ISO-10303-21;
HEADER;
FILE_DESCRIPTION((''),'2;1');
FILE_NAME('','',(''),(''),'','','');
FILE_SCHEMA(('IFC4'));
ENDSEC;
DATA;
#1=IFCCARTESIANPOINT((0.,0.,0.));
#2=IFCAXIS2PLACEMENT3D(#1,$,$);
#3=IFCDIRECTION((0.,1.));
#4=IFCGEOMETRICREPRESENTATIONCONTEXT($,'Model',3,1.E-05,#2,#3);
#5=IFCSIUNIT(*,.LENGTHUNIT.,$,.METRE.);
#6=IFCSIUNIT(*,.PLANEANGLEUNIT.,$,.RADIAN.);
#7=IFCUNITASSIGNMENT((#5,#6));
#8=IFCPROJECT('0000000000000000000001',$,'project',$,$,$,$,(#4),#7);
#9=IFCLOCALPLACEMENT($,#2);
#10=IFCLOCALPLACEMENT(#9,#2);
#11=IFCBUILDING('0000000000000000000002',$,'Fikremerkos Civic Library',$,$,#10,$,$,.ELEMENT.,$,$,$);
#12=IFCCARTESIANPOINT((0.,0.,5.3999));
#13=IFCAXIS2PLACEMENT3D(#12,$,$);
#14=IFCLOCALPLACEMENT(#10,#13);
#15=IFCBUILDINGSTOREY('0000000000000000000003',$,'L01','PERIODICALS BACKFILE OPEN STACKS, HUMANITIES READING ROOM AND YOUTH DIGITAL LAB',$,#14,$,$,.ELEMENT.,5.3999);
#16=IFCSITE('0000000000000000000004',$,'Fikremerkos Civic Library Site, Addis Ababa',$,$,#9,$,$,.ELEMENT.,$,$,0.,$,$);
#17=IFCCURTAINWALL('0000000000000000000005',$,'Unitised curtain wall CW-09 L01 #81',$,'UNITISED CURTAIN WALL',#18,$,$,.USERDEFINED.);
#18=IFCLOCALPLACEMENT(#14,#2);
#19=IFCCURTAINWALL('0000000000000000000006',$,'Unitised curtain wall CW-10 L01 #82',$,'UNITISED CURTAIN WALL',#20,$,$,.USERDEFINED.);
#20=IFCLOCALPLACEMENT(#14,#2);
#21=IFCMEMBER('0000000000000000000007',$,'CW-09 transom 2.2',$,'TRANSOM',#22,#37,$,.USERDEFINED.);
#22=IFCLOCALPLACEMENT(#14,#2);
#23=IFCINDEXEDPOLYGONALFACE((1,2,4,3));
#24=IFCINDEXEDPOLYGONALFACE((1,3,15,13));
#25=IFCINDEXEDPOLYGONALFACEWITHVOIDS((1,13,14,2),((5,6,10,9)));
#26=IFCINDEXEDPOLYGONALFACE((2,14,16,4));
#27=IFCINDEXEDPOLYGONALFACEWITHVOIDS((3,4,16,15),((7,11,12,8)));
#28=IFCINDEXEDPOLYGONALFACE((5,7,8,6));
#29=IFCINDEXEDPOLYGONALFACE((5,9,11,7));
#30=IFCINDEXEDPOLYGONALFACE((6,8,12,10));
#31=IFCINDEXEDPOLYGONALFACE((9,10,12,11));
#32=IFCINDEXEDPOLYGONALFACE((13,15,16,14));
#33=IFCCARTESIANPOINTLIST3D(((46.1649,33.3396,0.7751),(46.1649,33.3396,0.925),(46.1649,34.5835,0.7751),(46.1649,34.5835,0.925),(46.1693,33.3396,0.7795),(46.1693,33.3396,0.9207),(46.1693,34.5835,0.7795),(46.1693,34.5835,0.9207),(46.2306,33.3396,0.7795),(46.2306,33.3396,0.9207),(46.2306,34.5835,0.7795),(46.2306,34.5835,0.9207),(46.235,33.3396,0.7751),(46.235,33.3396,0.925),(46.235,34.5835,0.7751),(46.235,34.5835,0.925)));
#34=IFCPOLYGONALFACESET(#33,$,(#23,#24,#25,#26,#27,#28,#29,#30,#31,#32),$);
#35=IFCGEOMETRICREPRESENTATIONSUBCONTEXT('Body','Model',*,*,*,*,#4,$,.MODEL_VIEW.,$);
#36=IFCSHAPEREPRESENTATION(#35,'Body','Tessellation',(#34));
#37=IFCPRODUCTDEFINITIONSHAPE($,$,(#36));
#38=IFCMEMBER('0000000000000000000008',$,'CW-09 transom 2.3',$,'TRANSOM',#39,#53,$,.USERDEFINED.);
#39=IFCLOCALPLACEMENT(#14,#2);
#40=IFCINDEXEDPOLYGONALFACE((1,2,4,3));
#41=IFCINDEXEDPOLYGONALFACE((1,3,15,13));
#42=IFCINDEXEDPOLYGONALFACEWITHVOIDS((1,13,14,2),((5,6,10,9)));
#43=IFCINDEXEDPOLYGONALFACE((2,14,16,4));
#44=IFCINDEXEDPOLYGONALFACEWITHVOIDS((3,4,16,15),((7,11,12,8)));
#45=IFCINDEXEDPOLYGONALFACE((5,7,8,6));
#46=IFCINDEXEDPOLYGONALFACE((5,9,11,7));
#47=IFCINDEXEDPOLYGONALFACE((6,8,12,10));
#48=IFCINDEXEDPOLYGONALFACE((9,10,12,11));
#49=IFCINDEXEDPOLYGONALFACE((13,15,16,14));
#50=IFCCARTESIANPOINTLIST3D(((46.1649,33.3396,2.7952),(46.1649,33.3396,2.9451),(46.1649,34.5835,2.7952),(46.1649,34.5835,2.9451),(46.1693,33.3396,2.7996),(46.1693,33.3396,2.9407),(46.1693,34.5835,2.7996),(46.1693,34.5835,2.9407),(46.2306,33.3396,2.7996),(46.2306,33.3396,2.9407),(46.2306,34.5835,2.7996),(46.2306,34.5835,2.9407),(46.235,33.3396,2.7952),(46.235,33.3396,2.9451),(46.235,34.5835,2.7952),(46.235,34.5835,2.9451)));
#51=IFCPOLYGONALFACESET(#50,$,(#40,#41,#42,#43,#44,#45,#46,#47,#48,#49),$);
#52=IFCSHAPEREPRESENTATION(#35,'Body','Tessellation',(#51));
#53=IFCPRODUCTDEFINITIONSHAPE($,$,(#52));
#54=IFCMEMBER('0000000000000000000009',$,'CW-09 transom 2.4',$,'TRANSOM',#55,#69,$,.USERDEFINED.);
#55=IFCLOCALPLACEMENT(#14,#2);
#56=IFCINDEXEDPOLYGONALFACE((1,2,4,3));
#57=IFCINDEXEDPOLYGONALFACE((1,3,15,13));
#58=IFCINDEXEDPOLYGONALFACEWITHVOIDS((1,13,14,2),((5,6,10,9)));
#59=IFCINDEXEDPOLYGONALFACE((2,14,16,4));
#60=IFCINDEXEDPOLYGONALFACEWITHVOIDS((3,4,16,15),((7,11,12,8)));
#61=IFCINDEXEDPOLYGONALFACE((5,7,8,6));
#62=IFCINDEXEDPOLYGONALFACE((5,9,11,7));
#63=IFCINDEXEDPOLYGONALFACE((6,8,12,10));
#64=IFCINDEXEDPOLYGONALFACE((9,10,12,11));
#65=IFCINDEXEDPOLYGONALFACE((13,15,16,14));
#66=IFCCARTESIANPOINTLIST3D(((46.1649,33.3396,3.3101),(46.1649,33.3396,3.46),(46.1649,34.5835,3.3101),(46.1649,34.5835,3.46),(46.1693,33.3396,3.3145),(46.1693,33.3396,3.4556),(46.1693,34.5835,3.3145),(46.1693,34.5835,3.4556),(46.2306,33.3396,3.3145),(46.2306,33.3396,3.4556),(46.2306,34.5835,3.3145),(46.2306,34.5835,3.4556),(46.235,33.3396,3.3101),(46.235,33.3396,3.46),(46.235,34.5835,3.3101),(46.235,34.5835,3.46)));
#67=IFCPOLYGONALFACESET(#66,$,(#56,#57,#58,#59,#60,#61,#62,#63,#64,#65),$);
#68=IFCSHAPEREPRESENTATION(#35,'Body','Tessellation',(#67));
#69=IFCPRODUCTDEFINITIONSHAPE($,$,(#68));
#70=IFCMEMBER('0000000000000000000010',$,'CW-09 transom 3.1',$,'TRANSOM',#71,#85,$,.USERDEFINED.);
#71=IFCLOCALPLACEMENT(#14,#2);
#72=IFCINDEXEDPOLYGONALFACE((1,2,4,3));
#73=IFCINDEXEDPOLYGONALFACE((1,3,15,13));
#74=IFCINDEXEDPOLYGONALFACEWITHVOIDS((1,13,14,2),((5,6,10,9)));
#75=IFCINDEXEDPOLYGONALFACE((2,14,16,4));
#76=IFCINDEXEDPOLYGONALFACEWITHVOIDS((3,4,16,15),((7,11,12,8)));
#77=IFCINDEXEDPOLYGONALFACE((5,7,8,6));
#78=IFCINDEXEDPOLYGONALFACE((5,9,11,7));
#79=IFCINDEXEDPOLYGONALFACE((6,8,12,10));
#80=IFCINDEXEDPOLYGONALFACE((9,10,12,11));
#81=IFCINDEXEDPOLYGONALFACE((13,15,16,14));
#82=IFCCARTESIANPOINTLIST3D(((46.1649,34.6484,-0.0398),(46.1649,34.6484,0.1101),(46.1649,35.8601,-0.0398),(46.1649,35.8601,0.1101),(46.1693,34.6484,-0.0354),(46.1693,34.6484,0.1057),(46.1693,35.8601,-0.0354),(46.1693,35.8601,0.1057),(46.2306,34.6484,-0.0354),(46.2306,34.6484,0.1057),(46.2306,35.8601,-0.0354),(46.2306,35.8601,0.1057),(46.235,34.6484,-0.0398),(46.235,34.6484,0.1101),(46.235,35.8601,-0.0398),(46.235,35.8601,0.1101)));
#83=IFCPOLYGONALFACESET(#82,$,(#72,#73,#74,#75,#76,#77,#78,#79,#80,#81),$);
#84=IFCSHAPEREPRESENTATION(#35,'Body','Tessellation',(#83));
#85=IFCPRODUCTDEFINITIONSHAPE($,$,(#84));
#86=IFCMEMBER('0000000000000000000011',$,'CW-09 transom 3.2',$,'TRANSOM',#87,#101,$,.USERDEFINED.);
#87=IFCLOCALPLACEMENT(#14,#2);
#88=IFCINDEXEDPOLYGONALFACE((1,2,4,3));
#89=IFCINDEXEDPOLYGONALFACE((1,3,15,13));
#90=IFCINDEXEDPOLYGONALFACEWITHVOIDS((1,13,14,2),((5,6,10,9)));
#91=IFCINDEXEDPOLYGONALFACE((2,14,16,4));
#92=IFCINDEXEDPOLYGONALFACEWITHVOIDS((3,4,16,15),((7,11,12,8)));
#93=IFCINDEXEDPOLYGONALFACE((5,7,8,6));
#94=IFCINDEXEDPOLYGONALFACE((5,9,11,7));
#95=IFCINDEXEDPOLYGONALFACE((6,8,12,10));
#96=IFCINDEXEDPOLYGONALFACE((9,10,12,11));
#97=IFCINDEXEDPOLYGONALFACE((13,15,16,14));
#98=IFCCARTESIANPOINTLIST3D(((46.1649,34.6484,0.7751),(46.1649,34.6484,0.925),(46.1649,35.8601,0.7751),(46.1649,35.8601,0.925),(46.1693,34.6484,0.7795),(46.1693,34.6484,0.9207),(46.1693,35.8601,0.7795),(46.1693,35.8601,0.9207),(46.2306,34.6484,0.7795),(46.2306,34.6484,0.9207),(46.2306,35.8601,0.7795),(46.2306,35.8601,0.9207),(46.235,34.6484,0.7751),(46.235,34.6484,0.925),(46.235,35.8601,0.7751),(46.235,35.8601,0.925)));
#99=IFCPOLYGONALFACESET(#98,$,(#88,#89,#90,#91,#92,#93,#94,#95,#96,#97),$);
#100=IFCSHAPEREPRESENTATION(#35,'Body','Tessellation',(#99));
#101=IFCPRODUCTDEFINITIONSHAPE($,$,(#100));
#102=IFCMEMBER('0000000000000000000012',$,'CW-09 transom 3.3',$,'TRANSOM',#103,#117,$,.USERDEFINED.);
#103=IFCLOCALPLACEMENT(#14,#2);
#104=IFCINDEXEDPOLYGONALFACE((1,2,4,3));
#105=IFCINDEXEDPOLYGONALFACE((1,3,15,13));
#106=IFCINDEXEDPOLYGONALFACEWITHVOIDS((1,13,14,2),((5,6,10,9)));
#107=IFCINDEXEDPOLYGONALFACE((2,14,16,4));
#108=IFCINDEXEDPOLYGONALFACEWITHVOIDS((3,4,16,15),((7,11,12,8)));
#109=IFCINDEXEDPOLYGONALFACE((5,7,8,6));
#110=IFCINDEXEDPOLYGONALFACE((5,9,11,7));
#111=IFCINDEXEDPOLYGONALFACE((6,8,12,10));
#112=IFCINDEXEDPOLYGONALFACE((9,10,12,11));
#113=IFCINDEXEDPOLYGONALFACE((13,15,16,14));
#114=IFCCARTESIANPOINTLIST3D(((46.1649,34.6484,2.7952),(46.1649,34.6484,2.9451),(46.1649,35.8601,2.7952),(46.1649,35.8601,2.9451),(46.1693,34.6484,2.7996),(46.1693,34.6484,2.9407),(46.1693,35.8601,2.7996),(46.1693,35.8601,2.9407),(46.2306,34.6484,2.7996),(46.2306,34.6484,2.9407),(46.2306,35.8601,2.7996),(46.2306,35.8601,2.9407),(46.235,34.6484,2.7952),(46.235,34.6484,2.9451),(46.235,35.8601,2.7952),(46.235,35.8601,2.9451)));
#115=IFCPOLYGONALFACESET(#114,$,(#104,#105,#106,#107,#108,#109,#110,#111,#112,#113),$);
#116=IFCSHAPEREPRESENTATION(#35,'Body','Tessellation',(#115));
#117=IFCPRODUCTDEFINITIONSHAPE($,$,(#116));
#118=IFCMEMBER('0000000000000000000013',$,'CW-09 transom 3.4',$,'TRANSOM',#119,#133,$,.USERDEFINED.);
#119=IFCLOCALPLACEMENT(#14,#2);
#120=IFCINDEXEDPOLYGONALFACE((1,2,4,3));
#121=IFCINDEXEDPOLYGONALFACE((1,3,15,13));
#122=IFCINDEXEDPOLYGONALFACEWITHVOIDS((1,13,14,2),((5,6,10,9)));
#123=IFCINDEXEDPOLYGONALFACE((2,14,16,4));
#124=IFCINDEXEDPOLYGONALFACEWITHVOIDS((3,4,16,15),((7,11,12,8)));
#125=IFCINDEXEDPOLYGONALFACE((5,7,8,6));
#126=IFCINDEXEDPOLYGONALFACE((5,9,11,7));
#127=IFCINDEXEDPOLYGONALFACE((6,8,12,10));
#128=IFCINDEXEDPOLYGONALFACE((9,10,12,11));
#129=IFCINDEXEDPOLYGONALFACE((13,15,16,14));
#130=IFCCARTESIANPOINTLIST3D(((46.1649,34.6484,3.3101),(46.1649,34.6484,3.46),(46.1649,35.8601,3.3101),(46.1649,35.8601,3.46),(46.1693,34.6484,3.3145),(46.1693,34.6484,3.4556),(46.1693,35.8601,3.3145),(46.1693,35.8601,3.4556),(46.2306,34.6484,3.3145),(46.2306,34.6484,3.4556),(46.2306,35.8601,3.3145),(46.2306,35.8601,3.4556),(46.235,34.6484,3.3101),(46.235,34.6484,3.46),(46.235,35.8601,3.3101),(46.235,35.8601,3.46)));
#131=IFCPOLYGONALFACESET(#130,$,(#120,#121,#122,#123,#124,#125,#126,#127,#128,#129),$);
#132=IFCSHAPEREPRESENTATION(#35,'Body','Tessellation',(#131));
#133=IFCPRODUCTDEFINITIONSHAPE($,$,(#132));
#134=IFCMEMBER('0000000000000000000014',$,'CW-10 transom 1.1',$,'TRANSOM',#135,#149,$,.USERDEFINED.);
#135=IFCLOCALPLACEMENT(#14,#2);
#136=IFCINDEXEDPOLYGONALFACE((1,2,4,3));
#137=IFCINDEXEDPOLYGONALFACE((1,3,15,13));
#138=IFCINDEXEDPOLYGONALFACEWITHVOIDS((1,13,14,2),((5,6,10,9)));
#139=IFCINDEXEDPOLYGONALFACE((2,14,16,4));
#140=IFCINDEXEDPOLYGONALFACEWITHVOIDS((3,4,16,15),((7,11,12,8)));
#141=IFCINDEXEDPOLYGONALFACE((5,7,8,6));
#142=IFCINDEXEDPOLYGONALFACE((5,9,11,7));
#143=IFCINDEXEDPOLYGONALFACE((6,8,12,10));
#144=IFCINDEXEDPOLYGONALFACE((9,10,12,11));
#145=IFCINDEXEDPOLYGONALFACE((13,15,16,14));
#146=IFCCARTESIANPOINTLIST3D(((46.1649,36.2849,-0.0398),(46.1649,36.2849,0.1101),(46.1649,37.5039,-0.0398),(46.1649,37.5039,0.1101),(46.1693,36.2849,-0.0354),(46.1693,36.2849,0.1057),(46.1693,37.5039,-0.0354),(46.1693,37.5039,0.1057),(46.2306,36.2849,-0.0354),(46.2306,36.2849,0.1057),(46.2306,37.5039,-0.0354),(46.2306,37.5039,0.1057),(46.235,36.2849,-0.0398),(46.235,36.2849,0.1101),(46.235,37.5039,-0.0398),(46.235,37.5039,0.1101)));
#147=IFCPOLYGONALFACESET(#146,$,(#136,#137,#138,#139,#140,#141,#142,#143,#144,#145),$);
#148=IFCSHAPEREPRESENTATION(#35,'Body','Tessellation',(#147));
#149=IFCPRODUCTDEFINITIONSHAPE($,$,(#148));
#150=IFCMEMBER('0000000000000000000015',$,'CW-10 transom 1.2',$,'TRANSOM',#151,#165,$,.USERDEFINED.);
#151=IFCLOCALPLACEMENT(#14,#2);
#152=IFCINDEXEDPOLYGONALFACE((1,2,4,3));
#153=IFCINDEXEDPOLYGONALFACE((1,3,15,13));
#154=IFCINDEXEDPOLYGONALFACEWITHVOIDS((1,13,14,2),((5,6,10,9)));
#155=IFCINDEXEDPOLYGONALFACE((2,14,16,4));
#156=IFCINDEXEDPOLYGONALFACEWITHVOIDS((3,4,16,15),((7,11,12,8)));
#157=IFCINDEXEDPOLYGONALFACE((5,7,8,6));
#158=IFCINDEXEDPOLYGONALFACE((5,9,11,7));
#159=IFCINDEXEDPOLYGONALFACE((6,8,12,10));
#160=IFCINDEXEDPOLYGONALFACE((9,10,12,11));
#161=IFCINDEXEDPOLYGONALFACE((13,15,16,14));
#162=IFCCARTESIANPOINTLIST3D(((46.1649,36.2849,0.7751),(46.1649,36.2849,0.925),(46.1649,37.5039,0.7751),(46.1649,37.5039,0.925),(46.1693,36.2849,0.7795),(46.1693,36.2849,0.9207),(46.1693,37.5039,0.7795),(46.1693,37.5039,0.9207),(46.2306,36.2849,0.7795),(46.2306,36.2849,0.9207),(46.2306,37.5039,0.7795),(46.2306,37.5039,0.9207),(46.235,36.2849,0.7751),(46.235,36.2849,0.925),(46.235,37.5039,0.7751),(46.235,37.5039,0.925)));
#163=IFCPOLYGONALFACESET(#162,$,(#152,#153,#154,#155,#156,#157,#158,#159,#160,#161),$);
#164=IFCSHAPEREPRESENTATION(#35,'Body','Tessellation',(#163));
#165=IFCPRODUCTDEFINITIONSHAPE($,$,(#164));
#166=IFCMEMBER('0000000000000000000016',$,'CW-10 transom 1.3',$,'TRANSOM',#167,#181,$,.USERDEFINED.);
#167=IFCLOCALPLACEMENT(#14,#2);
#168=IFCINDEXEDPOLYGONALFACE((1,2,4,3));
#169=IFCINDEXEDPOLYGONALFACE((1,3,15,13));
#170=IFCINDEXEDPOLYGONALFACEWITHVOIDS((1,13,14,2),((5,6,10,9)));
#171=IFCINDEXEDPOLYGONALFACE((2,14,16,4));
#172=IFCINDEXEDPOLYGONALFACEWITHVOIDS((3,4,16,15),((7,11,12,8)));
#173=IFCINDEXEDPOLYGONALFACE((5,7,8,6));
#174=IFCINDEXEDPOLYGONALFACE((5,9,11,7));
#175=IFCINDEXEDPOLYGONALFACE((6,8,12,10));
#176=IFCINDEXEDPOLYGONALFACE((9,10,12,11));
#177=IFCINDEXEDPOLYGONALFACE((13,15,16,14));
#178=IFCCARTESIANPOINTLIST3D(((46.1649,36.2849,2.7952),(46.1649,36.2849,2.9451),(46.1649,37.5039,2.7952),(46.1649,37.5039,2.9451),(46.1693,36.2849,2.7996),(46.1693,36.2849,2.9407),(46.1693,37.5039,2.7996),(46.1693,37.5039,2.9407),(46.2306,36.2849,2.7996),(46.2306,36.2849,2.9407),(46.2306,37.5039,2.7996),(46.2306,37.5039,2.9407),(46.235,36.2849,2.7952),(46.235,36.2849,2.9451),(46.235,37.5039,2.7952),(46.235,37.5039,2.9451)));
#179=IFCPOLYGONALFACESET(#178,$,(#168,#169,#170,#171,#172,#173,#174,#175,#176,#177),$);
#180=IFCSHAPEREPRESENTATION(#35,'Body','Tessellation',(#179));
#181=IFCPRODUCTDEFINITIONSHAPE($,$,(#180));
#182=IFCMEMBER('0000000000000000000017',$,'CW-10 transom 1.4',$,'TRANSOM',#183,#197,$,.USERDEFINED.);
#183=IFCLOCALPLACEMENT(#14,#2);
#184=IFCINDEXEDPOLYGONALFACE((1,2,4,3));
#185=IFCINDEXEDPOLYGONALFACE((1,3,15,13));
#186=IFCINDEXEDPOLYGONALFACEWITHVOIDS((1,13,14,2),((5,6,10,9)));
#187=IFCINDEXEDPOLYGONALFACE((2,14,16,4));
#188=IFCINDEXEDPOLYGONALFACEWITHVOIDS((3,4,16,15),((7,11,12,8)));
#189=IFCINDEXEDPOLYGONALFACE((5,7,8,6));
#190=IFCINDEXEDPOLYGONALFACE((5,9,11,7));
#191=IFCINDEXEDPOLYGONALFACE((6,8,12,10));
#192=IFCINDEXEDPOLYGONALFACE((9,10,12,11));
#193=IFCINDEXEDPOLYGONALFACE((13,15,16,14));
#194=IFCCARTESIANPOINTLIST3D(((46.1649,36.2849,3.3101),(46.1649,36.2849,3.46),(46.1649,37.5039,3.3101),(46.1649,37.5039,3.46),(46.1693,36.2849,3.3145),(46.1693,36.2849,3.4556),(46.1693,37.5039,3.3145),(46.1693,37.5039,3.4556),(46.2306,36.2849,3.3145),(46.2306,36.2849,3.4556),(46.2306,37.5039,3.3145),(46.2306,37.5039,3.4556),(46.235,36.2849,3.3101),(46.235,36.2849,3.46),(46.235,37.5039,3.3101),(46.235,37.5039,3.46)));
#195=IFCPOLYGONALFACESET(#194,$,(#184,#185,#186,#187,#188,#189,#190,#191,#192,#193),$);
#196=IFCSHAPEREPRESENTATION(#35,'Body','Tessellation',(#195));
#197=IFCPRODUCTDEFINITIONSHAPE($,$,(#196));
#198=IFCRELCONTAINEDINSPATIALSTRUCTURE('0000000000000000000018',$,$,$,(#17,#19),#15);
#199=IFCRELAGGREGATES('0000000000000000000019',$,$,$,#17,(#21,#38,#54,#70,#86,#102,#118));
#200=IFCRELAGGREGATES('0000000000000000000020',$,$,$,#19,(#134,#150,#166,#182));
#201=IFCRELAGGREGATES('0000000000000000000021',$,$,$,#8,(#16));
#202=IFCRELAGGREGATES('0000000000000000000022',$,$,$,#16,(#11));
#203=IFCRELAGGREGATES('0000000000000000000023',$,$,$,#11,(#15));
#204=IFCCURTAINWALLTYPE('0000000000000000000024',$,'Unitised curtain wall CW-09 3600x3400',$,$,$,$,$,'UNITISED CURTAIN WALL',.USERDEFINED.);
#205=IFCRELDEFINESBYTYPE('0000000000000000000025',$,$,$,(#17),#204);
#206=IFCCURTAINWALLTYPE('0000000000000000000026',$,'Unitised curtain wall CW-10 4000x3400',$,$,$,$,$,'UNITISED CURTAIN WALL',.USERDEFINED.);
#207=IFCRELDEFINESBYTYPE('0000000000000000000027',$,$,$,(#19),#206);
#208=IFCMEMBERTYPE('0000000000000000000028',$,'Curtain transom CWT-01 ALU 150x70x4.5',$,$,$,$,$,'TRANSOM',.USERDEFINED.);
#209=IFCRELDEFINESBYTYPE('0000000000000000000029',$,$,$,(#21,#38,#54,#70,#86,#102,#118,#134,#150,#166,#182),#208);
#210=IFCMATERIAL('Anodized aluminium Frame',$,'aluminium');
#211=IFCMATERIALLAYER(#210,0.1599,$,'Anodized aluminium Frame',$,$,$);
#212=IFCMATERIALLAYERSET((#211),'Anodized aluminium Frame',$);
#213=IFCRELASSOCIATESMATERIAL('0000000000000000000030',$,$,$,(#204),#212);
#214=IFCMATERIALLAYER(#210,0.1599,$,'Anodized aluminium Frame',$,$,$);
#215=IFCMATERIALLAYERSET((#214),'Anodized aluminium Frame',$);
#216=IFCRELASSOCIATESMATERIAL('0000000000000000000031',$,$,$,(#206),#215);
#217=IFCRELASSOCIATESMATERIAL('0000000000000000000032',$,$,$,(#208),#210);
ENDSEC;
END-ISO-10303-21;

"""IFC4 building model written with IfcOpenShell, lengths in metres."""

from ifc_helpers import new_model, si_unit, direction, frame, origin, origin_2d, place, context, subcontext, project, spatial, hollow_rectangle, extrude, material, layer, layer_set, material_profile, profile_set, type_object, element, aggregate, save


model = new_model("IFC4")

# Units and contexts
model_context = context("Model", 3, precision=1e-05, world=origin(), true_north=direction((0.0, 1.0)))
body_context = subcontext(model_context, "Body", "Model", "MODEL_VIEW")
ifc_project = project(units=[si_unit("LENGTHUNIT", "METRE"), si_unit("PLANEANGLEUNIT", "RADIAN")], contexts=[model_context])

# Site, building, storey
site_placement = place(None, origin())
site = spatial("IfcSite", under=ifc_project, at=site_placement, Name="Fikremerkos Civic Library Site, Addis Ababa", CompositionType="ELEMENT", RefElevation=0.0)
building_placement = place(site_placement, origin())
building = spatial("IfcBuilding", under=site, at=building_placement, Name="Fikremerkos Civic Library", CompositionType="ELEMENT")
storey_placement = place(building_placement, frame((0.0, 0.0, 5.3999)))
storey = spatial("IfcBuildingStorey", under=building, at=storey_placement, Name="L01", Description="PERIODICALS BACKFILE OPEN STACKS, HUMANITIES READING ROOM AND YOUTH DIGITAL LAB", CompositionType="ELEMENT", Elevation=5.3999)

# Curtain walls
ifc_material_1 = material(Name="Anodized aluminium Frame", Category="aluminium")
ifc_layer_1 = layer(ifc_material_1, 0.1599, Name="Anodized aluminium Frame")
ifc_layer_set_1 = layer_set([ifc_layer_1], Name="Anodized aluminium Frame")
curtain_wall_type_1 = type_object("IfcCurtainWallType", Name="Unitised curtain wall CW-09 3600x3400", ElementType="UNITISED CURTAIN WALL", PredefinedType="USERDEFINED", material=ifc_layer_set_1)
curtain_wall_1_placement = place(storey_placement, origin())
curtain_wall_1 = element("IfcCurtainWall", 1, at=curtain_wall_1_placement, inside=storey, type_object=curtain_wall_type_1, Name="Unitised curtain wall CW-09 L01 #81", ObjectType="UNITISED CURTAIN WALL", PredefinedType="USERDEFINED")
ifc_layer_2 = layer(ifc_material_1, 0.1599, Name="Anodized aluminium Frame")
ifc_layer_set_2 = layer_set([ifc_layer_2], Name="Anodized aluminium Frame")
curtain_wall_type_2 = type_object("IfcCurtainWallType", Name="Unitised curtain wall CW-10 4000x3400", ElementType="UNITISED CURTAIN WALL", PredefinedType="USERDEFINED", material=ifc_layer_set_2)
curtain_wall_2_placement = place(storey_placement, origin())
curtain_wall_2 = element("IfcCurtainWall", 2, at=curtain_wall_2_placement, inside=storey, type_object=curtain_wall_type_2, Name="Unitised curtain wall CW-10 L01 #82", ObjectType="UNITISED CURTAIN WALL", PredefinedType="USERDEFINED")

# Members
ifc_material_profile_1 = material_profile(ifc_material_1, hollow_rectangle(XDim=0.0701, YDim=0.1499, WallThickness=0.0044, at=origin_2d()), Name="ALU 150x70x4.5")
ifc_profile_set_1 = profile_set([ifc_material_profile_1], Name="Anodized aluminium Frame")
member_type_1 = type_object("IfcMemberType", Name="Curtain transom CWT-01 ALU 150x70x4.5", ElementType="TRANSOM", PredefinedType="USERDEFINED", material=ifc_profile_set_1)
member_1_placement = place(storey_placement, frame((46.2, 33.3396, 0.8501), z_axis=(0.0, 1.0, 0.0), x_axis=(-1.0, 0.0, 0.0)))
member_1 = element("IfcMember", 3, at=member_1_placement, type_object=member_type_1, Name="CW-09 transom 2.2", ObjectType="TRANSOM", PredefinedType="USERDEFINED", context=body_context, shape_type="SweptSolid", body=[
    extrude(hollow_rectangle(XDim=0.0701, YDim=0.1499, WallThickness=0.0044, at=origin_2d()), origin(), (0.0, 0.0, 1.0), 1.2439),
])
member_2_placement = place(storey_placement, frame((46.2, 33.3396, 2.8701), z_axis=(0.0, 1.0, 0.0), x_axis=(-1.0, 0.0, 0.0)))
member_2 = element("IfcMember", 4, at=member_2_placement, type_object=member_type_1, Name="CW-09 transom 2.3", ObjectType="TRANSOM", PredefinedType="USERDEFINED", context=body_context, shape_type="SweptSolid", body=[
    extrude(hollow_rectangle(XDim=0.0701, YDim=0.1499, WallThickness=0.0044, at=origin_2d()), origin(), (0.0, 0.0, 1.0), 1.2439),
])
member_3_placement = place(storey_placement, frame((46.2, 33.3396, 3.385), z_axis=(0.0, 1.0, 0.0), x_axis=(-1.0, 0.0, 0.0)))
member_3 = element("IfcMember", 5, at=member_3_placement, type_object=member_type_1, Name="CW-09 transom 2.4", ObjectType="TRANSOM", PredefinedType="USERDEFINED", context=body_context, shape_type="SweptSolid", body=[
    extrude(hollow_rectangle(XDim=0.0701, YDim=0.1499, WallThickness=0.0044, at=origin_2d()), origin(), (0.0, 0.0, 1.0), 1.2439),
])
member_4_placement = place(storey_placement, frame((46.2, 34.6484, 0.0352), z_axis=(0.0, 1.0, 0.0), x_axis=(-1.0, 0.0, 0.0)))
member_4 = element("IfcMember", 6, at=member_4_placement, type_object=member_type_1, Name="CW-09 transom 3.1", ObjectType="TRANSOM", PredefinedType="USERDEFINED", context=body_context, shape_type="SweptSolid", body=[
    extrude(hollow_rectangle(XDim=0.0701, YDim=0.1499, WallThickness=0.0044, at=origin_2d()), origin(), (0.0, 0.0, 1.0), 1.2117),
])
member_5_placement = place(storey_placement, frame((46.2, 34.6484, 0.8501), z_axis=(0.0, 1.0, 0.0), x_axis=(-1.0, 0.0, 0.0)))
member_5 = element("IfcMember", 7, at=member_5_placement, type_object=member_type_1, Name="CW-09 transom 3.2", ObjectType="TRANSOM", PredefinedType="USERDEFINED", context=body_context, shape_type="SweptSolid", body=[
    extrude(hollow_rectangle(XDim=0.0701, YDim=0.1499, WallThickness=0.0044, at=origin_2d()), origin(), (0.0, 0.0, 1.0), 1.2117),
])
member_6_placement = place(storey_placement, frame((46.2, 34.6484, 2.8701), z_axis=(0.0, 1.0, 0.0), x_axis=(-1.0, 0.0, 0.0)))
member_6 = element("IfcMember", 8, at=member_6_placement, type_object=member_type_1, Name="CW-09 transom 3.3", ObjectType="TRANSOM", PredefinedType="USERDEFINED", context=body_context, shape_type="SweptSolid", body=[
    extrude(hollow_rectangle(XDim=0.0701, YDim=0.1499, WallThickness=0.0044, at=origin_2d()), origin(), (0.0, 0.0, 1.0), 1.2117),
])
member_7_placement = place(storey_placement, frame((46.2, 34.6484, 3.385), z_axis=(0.0, 1.0, 0.0), x_axis=(-1.0, 0.0, 0.0)))
member_7 = element("IfcMember", 9, at=member_7_placement, type_object=member_type_1, Name="CW-09 transom 3.4", ObjectType="TRANSOM", PredefinedType="USERDEFINED", context=body_context, shape_type="SweptSolid", body=[
    extrude(hollow_rectangle(XDim=0.0701, YDim=0.1499, WallThickness=0.0044, at=origin_2d()), origin(), (0.0, 0.0, 1.0), 1.2117),
])
member_8_placement = place(storey_placement, frame((46.2, 36.2849, 0.0352), z_axis=(0.0, 1.0, 0.0), x_axis=(-1.0, 0.0, 0.0)))
member_8 = element("IfcMember", 10, at=member_8_placement, type_object=member_type_1, Name="CW-10 transom 1.1", ObjectType="TRANSOM", PredefinedType="USERDEFINED", context=body_context, shape_type="SweptSolid", body=[
    extrude(hollow_rectangle(XDim=0.0701, YDim=0.1499, WallThickness=0.0044, at=origin_2d()), origin(), (0.0, 0.0, 1.0), 1.219),
])
member_9_placement = place(storey_placement, frame((46.2, 36.2849, 0.8501), z_axis=(0.0, 1.0, 0.0), x_axis=(-1.0, 0.0, 0.0)))
member_9 = element("IfcMember", 11, at=member_9_placement, type_object=member_type_1, Name="CW-10 transom 1.2", ObjectType="TRANSOM", PredefinedType="USERDEFINED", context=body_context, shape_type="SweptSolid", body=[
    extrude(hollow_rectangle(XDim=0.0701, YDim=0.1499, WallThickness=0.0044, at=origin_2d()), origin(), (0.0, 0.0, 1.0), 1.219),
])
member_10_placement = place(storey_placement, frame((46.2, 36.2849, 2.8701), z_axis=(0.0, 1.0, 0.0), x_axis=(-1.0, 0.0, 0.0)))
member_10 = element("IfcMember", 12, at=member_10_placement, type_object=member_type_1, Name="CW-10 transom 1.3", ObjectType="TRANSOM", PredefinedType="USERDEFINED", context=body_context, shape_type="SweptSolid", body=[
    extrude(hollow_rectangle(XDim=0.0701, YDim=0.1499, WallThickness=0.0044, at=origin_2d()), origin(), (0.0, 0.0, 1.0), 1.219),
])
member_11_placement = place(storey_placement, frame((46.2, 36.2849, 3.385), z_axis=(0.0, 1.0, 0.0), x_axis=(-1.0, 0.0, 0.0)))
member_11 = element("IfcMember", 13, at=member_11_placement, type_object=member_type_1, Name="CW-10 transom 1.4", ObjectType="TRANSOM", PredefinedType="USERDEFINED", context=body_context, shape_type="SweptSolid", body=[
    extrude(hollow_rectangle(XDim=0.0701, YDim=0.1499, WallThickness=0.0044, at=origin_2d()), origin(), (0.0, 0.0, 1.0), 1.219),
])

aggregate(curtain_wall_1, [member_1, member_2, member_3, member_4, member_5, member_6, member_7])
aggregate(curtain_wall_2, [member_8, member_9, member_10, member_11])

save(model, "model.ifc")
